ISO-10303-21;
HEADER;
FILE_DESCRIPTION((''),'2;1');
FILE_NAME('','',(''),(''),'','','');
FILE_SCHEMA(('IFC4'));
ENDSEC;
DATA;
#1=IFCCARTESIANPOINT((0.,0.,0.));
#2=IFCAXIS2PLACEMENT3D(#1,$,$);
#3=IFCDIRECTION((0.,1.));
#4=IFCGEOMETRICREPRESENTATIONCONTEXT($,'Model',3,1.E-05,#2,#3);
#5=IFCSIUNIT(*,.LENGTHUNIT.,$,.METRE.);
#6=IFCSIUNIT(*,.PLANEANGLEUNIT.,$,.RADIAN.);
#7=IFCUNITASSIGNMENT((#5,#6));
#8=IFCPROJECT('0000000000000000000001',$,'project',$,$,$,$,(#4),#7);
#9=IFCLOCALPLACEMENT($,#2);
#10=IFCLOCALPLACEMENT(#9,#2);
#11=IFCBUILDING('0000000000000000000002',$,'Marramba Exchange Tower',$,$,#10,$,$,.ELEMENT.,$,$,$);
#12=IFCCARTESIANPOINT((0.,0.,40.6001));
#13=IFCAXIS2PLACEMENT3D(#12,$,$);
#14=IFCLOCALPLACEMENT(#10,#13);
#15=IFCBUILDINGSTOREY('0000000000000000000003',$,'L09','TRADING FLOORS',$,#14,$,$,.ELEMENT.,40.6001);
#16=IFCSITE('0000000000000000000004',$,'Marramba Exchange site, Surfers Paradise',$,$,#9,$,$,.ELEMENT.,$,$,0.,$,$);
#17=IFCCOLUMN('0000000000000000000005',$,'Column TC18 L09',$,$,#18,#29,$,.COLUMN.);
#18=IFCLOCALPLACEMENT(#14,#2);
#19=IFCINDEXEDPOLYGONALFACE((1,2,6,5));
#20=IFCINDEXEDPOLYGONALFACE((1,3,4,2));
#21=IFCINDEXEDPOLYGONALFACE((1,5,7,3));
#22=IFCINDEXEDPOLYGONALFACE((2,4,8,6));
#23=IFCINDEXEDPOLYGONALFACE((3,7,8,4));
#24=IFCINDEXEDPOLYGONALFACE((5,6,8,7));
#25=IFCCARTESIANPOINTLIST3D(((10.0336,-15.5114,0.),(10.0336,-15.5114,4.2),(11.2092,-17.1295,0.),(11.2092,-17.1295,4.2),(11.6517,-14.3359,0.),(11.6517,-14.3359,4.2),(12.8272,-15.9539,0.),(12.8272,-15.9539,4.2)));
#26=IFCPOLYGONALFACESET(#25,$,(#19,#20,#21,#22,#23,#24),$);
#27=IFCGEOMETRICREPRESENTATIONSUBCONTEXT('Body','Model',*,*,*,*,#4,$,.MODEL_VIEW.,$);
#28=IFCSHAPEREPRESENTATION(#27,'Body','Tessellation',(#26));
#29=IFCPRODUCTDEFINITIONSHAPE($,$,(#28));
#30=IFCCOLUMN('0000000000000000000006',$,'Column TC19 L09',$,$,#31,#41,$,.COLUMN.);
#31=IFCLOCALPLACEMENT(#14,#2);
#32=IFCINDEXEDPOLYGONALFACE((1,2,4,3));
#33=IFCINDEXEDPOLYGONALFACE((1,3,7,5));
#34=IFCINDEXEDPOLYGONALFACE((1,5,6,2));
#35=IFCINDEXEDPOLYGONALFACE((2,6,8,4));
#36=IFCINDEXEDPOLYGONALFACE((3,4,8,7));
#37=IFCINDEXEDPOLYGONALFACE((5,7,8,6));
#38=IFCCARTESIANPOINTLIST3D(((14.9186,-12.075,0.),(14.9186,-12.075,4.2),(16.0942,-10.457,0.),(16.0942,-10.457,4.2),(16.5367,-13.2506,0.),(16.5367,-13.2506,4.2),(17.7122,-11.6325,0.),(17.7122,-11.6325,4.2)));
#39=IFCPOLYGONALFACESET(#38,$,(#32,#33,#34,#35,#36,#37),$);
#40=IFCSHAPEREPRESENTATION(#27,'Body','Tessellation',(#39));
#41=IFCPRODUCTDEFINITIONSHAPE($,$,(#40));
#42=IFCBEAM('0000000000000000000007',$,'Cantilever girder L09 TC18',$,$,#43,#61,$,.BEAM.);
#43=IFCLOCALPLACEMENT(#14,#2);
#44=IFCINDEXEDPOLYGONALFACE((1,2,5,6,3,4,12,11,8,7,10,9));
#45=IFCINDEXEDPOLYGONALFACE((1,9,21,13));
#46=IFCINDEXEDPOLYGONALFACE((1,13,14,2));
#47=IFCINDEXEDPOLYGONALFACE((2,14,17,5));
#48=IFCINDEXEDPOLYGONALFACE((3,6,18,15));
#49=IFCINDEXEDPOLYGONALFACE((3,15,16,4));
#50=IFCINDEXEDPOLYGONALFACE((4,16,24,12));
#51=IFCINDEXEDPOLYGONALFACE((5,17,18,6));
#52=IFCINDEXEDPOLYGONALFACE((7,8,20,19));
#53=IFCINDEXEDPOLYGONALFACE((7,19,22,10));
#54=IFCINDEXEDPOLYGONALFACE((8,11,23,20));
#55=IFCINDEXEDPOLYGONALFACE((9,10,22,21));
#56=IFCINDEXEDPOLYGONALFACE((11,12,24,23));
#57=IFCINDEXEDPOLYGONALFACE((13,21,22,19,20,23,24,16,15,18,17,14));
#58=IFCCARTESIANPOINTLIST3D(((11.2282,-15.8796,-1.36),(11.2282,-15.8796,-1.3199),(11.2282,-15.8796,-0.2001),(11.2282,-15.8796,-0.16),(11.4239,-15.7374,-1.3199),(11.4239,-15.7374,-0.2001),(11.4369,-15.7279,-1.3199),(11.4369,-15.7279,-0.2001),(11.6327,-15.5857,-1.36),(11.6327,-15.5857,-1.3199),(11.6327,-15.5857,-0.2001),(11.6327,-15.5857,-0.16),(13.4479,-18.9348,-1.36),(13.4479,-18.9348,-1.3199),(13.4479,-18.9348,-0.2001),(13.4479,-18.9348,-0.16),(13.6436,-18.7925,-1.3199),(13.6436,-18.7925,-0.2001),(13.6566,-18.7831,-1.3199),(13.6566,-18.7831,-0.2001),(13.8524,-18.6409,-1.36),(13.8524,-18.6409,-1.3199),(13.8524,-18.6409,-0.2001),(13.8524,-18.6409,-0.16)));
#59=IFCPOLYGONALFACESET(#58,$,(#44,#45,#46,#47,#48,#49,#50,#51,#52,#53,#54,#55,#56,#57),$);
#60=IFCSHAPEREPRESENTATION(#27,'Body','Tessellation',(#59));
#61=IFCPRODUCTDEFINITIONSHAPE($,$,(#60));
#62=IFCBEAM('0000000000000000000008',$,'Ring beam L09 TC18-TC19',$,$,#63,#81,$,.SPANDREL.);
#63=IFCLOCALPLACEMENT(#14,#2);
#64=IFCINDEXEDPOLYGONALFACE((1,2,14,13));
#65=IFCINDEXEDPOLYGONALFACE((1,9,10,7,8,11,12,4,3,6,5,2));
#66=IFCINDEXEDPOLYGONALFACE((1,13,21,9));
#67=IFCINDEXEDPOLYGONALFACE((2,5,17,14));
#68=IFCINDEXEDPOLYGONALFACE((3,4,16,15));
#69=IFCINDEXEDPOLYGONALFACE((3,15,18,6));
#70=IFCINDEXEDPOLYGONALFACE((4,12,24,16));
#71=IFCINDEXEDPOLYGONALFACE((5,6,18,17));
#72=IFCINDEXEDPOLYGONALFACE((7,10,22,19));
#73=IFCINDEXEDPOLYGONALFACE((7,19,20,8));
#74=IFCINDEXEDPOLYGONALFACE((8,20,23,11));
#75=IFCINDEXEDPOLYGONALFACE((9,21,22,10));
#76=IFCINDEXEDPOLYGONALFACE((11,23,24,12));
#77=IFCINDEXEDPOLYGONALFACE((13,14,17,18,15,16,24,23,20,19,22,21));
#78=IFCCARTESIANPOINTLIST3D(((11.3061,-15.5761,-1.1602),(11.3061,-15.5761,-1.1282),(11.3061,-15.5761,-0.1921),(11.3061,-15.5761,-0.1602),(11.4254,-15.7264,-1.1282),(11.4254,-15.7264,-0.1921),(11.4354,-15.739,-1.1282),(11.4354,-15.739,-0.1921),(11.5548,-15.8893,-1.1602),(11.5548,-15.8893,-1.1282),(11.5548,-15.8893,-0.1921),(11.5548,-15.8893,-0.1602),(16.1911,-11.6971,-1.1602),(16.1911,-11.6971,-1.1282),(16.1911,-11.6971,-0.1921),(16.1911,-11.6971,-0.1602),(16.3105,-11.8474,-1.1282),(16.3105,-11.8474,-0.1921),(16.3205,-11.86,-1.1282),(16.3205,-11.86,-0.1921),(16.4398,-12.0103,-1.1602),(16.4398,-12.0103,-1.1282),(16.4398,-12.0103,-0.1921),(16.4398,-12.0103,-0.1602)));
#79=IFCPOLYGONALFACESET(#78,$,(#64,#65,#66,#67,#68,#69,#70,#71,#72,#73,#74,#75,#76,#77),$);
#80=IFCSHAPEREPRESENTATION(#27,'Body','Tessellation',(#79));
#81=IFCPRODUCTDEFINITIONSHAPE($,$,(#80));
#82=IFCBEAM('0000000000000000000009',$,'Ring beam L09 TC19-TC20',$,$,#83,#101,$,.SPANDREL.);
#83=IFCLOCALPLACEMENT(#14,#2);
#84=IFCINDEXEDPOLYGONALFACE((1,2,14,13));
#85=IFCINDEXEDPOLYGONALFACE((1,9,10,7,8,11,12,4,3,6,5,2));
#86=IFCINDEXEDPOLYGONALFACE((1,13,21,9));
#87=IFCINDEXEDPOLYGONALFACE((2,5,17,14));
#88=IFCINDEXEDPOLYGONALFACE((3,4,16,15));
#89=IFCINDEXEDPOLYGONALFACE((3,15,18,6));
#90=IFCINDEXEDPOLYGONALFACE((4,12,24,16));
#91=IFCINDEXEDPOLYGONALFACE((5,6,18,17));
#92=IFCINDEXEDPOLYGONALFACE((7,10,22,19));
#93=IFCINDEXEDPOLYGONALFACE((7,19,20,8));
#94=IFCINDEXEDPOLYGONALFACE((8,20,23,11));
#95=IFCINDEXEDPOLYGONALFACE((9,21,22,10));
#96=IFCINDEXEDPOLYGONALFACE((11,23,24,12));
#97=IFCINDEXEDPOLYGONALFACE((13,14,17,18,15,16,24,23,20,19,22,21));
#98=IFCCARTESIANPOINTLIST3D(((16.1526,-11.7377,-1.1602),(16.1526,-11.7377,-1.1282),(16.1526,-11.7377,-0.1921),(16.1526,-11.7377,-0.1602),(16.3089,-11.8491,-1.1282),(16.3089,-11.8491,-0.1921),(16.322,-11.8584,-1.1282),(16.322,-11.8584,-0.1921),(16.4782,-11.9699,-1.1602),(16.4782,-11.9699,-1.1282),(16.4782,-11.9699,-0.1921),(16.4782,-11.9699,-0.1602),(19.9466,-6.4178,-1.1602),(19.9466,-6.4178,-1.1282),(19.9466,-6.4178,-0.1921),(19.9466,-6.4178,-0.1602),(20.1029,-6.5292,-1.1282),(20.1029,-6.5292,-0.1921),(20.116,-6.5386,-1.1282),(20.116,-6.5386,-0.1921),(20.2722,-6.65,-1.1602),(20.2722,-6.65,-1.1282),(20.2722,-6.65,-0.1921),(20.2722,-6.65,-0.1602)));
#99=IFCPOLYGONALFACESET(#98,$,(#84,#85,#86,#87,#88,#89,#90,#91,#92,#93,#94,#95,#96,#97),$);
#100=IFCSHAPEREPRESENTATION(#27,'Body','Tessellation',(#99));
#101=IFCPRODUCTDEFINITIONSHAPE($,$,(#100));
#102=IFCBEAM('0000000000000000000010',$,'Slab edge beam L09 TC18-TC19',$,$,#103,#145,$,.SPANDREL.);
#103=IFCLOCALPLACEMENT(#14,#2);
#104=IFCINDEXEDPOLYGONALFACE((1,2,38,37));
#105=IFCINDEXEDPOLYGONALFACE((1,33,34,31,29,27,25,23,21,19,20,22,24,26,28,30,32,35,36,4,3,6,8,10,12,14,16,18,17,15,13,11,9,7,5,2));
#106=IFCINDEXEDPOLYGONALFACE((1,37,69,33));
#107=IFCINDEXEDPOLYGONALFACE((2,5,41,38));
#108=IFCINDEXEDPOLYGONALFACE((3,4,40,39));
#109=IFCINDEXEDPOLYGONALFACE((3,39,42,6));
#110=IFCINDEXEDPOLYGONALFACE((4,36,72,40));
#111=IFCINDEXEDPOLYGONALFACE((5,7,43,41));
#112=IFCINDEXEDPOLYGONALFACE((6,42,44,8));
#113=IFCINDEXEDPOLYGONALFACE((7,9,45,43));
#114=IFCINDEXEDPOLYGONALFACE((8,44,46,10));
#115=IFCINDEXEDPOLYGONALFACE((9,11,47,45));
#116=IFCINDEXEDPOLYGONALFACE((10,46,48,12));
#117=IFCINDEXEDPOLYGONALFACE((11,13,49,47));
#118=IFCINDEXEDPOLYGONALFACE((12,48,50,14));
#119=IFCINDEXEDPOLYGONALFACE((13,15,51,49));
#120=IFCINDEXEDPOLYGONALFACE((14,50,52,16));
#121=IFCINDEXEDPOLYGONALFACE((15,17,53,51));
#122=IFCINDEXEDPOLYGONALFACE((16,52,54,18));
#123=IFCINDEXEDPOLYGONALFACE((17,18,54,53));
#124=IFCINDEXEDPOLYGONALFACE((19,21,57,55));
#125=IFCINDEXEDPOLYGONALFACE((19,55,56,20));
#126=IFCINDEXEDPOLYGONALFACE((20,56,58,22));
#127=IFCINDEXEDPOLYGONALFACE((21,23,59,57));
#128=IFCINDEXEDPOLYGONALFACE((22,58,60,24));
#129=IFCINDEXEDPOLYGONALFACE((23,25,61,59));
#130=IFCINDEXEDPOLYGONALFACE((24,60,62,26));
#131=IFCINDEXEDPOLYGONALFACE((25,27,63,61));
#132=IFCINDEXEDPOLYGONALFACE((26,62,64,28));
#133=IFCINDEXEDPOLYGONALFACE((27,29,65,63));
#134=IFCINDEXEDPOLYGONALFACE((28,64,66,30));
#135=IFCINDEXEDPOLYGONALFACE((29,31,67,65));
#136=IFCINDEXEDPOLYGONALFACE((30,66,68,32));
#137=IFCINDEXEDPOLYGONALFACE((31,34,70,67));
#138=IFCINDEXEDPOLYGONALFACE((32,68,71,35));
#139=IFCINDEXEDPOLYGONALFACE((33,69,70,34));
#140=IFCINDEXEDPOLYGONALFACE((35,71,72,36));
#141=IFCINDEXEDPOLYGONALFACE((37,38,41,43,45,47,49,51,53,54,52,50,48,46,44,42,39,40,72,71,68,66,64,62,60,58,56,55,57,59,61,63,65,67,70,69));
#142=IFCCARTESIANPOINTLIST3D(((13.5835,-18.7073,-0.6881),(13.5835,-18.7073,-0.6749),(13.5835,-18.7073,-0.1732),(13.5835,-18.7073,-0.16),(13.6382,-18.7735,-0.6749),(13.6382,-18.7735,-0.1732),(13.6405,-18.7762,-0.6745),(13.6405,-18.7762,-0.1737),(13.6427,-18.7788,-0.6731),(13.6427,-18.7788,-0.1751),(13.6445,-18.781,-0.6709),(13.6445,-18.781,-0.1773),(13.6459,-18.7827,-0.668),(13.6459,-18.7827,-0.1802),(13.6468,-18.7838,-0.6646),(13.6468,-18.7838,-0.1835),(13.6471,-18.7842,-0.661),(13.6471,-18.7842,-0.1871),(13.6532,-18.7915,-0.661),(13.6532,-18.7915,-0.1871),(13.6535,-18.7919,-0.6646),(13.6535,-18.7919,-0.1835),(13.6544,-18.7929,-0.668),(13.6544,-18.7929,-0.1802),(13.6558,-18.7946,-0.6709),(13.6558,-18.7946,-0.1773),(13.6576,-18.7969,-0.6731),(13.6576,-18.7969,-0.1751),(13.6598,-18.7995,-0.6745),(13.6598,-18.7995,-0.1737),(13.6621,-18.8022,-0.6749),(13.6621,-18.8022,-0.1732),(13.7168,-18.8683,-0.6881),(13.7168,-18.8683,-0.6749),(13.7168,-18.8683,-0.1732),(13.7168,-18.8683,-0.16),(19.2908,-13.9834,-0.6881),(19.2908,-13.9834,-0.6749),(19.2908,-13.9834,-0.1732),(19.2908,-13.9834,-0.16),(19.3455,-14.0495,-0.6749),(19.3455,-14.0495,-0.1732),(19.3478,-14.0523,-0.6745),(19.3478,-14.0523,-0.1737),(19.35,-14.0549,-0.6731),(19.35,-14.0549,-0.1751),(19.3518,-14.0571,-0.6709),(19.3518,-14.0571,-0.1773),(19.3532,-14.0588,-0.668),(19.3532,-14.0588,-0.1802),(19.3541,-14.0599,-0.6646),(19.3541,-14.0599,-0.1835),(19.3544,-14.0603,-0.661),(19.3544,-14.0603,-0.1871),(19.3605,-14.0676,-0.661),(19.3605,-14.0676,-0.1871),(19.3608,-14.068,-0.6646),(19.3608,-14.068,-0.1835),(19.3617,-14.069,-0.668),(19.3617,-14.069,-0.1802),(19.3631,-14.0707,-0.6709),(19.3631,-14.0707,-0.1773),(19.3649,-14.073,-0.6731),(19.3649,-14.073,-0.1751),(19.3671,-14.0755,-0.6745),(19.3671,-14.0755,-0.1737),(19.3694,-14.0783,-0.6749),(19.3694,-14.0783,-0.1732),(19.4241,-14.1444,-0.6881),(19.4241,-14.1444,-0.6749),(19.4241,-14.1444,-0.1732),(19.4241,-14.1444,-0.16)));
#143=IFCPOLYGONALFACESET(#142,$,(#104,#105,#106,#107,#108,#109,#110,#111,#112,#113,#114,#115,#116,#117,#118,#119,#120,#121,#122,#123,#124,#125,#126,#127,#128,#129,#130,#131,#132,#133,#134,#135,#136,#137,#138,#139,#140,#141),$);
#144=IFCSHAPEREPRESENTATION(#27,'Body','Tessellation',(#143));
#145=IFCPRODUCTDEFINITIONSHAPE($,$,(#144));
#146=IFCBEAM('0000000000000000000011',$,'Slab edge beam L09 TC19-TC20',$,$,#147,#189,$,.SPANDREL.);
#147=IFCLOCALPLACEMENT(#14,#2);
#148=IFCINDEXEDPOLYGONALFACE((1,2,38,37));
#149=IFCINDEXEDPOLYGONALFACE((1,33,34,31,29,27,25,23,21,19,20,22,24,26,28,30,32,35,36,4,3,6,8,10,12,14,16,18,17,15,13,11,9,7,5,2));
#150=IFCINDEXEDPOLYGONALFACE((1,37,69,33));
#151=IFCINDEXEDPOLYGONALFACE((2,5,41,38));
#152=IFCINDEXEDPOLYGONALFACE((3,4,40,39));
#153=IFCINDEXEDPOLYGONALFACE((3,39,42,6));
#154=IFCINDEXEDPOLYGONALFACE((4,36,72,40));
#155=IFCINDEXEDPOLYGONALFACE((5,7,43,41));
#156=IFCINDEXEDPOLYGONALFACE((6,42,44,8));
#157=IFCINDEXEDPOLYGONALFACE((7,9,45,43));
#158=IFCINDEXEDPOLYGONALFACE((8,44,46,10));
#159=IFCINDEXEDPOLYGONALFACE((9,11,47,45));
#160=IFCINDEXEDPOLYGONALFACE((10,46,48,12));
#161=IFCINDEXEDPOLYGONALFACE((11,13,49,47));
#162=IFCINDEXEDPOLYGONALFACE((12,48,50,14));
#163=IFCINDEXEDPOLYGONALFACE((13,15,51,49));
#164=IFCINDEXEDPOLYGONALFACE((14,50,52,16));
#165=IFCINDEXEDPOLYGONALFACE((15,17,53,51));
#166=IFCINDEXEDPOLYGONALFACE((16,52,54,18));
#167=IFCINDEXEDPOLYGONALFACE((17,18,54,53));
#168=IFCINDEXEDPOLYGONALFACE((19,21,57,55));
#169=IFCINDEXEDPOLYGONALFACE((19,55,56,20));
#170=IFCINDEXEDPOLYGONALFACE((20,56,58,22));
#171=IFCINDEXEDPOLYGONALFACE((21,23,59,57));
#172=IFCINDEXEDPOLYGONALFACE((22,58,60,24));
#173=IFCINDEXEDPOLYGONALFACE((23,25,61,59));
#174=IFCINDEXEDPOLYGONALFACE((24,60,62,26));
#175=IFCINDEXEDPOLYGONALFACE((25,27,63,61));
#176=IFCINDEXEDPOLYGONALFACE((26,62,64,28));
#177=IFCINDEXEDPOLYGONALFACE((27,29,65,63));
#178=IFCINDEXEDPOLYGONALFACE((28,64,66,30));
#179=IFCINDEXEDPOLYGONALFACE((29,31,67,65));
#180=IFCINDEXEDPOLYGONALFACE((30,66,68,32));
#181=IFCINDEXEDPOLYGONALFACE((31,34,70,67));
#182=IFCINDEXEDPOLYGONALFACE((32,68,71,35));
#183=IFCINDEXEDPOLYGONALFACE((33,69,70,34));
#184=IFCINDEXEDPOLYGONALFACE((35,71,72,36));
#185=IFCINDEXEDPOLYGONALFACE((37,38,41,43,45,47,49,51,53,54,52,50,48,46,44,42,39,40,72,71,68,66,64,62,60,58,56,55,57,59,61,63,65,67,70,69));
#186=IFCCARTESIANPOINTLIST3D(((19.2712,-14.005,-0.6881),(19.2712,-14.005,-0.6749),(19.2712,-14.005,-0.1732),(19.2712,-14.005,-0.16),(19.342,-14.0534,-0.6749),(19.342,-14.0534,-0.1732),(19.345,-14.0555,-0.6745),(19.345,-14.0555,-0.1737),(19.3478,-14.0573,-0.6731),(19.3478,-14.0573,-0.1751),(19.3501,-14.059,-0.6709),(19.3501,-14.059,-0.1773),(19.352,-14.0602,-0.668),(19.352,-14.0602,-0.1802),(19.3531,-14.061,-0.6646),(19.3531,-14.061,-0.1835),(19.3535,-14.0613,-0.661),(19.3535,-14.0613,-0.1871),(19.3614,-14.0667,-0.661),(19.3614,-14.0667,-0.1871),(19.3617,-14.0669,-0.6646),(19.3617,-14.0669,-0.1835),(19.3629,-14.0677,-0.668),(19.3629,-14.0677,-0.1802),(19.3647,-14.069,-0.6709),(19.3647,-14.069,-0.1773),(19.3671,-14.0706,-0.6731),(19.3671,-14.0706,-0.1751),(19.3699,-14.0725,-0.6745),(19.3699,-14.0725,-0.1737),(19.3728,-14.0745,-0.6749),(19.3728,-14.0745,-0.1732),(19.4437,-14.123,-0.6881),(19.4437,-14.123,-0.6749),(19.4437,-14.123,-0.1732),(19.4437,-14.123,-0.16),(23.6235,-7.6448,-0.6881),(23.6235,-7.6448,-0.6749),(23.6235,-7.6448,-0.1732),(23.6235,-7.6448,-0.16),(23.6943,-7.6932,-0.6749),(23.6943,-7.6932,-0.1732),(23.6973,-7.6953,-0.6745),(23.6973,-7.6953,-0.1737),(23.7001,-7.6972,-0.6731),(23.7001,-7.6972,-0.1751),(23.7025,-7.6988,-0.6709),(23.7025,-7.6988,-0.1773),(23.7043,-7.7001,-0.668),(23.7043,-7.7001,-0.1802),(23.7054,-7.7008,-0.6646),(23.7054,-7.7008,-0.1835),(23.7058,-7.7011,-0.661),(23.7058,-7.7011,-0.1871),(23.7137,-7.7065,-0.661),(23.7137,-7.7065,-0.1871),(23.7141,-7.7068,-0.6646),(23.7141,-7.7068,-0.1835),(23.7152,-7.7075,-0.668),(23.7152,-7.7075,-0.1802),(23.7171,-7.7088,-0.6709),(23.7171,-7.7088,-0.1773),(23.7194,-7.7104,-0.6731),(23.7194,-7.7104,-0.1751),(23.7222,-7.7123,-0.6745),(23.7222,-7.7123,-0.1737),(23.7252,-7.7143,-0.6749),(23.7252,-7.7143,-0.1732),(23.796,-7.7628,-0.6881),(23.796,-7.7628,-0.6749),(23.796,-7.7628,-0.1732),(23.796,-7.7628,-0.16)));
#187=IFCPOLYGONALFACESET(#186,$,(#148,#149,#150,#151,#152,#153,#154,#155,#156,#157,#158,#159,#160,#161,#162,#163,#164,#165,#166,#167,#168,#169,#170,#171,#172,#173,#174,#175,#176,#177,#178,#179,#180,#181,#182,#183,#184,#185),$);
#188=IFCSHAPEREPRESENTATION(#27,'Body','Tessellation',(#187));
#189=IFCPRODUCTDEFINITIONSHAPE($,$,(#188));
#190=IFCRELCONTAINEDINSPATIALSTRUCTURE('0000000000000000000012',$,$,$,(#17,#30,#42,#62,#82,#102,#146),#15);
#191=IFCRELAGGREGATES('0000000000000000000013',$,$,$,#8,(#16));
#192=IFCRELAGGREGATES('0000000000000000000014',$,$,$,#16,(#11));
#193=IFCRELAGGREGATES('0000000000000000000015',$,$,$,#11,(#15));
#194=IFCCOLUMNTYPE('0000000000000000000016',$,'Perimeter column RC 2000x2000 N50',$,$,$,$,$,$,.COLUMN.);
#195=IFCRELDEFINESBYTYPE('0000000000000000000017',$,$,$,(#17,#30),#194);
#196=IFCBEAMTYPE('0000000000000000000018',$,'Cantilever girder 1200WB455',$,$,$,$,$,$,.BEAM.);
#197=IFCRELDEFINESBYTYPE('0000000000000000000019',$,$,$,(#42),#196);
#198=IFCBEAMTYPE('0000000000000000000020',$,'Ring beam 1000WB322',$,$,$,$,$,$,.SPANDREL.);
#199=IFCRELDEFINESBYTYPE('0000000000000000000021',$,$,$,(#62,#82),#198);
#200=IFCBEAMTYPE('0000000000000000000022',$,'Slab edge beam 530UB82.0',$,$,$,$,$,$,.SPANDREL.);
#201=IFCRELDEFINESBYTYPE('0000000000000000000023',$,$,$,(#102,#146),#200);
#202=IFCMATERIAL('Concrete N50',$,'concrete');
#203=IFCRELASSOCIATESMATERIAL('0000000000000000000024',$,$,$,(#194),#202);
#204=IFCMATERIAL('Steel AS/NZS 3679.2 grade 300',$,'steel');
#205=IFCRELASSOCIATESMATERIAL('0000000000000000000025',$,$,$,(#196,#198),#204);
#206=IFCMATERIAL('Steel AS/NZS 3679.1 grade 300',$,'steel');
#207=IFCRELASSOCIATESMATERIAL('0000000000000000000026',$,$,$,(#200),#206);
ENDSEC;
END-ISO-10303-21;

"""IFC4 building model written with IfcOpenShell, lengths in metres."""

from ifc_helpers import new_model, si_unit, direction, frame, origin, origin_2d, place, context, subcontext, project, spatial, rectangle, i_section, extrude, material, material_profile, profile_set, type_object, element, save


model = new_model("IFC4")

# Units and contexts
model_context = context("Model", 3, precision=1e-05, world=origin(), true_north=direction((0.0, 1.0)))
body_context = subcontext(model_context, "Body", "Model", "MODEL_VIEW")
ifc_project = project(units=[si_unit("LENGTHUNIT", "METRE"), si_unit("PLANEANGLEUNIT", "RADIAN")], contexts=[model_context])

# Site, building, storey
site_placement = place(None, origin())
site = spatial("IfcSite", under=ifc_project, at=site_placement, Name="Marramba Exchange site, Surfers Paradise", CompositionType="ELEMENT", RefElevation=0.0)
building_placement = place(site_placement, origin())
building = spatial("IfcBuilding", under=site, at=building_placement, Name="Marramba Exchange Tower", CompositionType="ELEMENT")
storey_placement = place(building_placement, frame((0.0, 0.0, 40.6001)))
storey = spatial("IfcBuildingStorey", under=building, at=storey_placement, Name="L09", Description="TRADING FLOORS", CompositionType="ELEMENT", Elevation=40.6001)

# Columns
ifc_material_1 = material(Name="Concrete N50", Category="concrete")
ifc_material_profile_1 = material_profile(ifc_material_1, rectangle(XDim=2.0, YDim=2.0, at=origin_2d()), Name="RC 2000x2000")
ifc_profile_set_1 = profile_set([ifc_material_profile_1], Name="Concrete N50")
column_type = type_object("IfcColumnType", Name="Perimeter column RC 2000x2000 N50", PredefinedType="COLUMN", material=ifc_profile_set_1)
for number, where, z_axis, x_axis, name in (
    (1, (11.4304, -15.7327, 0.0), (0.0, 0.0, 1.0), (0.587785, -0.809017, 0.0), "Column TC18 L09"),
    (2, (16.3154, -11.8538, 0.0), (0.0, 0.0, 1.0), (0.809017, -0.587785, 0.0), "Column TC19 L09"),
):
    element("IfcColumn", number, at=place(storey_placement, frame(where, z_axis=z_axis, x_axis=x_axis)), inside=storey, type_object=column_type, Name=name, PredefinedType="COLUMN", context=body_context, shape_type="SweptSolid", body=[
        extrude(rectangle(XDim=2.0, YDim=2.0, at=origin_2d()), origin(), (0.0, 0.0, 1.0), 4.2),
    ])

# Beams
ifc_material_2 = material(Name="Steel AS/NZS 3679.2 grade 300", Category="steel")
ifc_material_profile_2 = material_profile(ifc_material_2, i_section(OverallWidth=0.5, OverallDepth=1.2, WebThickness=0.0161, FlangeThickness=0.04, at=origin_2d()), Name="1200WB455")
ifc_profile_set_2 = profile_set([ifc_material_profile_2], Name="Steel AS/NZS 3679.2 grade 300")
beam_type_1 = type_object("IfcBeamType", Name="Cantilever girder 1200WB455", PredefinedType="BEAM", material=ifc_profile_set_2)
beam_1_placement = place(storey_placement, frame((11.4304, -15.7327, -0.76), z_axis=(0.587787, -0.809016, 0.0), x_axis=(0.809016, 0.587787, 0.0)))
element("IfcBeam", 3, at=beam_1_placement, inside=storey, type_object=beam_type_1, Name="Cantilever girder L09 TC18", PredefinedType="BEAM", context=body_context, shape_type="SweptSolid", body=[
    extrude(i_section(OverallWidth=0.5, OverallDepth=1.2, WebThickness=0.0161, FlangeThickness=0.04, at=origin_2d()), origin(), (0.0, 0.0, 1.0), 3.7764),
])
ifc_material_profile_3 = material_profile(ifc_material_2, i_section(OverallWidth=0.3999, OverallDepth=1.0, WebThickness=0.0161, FlangeThickness=0.032, at=origin_2d()), Name="1000WB322")
ifc_profile_set_3 = profile_set([ifc_material_profile_3], Name="Steel AS/NZS 3679.2 grade 300")
beam_type_2 = type_object("IfcBeamType", Name="Ring beam 1000WB322", PredefinedType="SPANDREL", material=ifc_profile_set_3)
beam_2_placement = place(storey_placement, frame((11.4304, -15.7327, -0.6602), z_axis=(0.783139, 0.621846, 0.0), x_axis=(-0.621846, 0.783139, 0.0)))
element("IfcBeam", 4, at=beam_2_placement, inside=storey, type_object=beam_type_2, Name="Ring beam L09 TC18-TC19", PredefinedType="SPANDREL", context=body_context, shape_type="SweptSolid", body=[
    extrude(i_section(OverallWidth=0.3999, OverallDepth=1.0, WebThickness=0.0161, FlangeThickness=0.032, at=origin_2d()), origin(), (0.0, 0.0, 1.0), 6.2378),
])
beam_3_placement = place(storey_placement, frame((16.3154, -11.8538, -0.6602), z_axis=(0.580637, 0.814162, 0.0), x_axis=(-0.814162, 0.580637, 0.0)))
element("IfcBeam", 5, at=beam_3_placement, inside=storey, type_object=beam_type_2, Name="Ring beam L09 TC19-TC20", PredefinedType="SPANDREL", context=body_context, shape_type="SweptSolid", body=[
    extrude(i_section(OverallWidth=0.3999, OverallDepth=1.0, WebThickness=0.0161, FlangeThickness=0.032, at=origin_2d()), origin(), (0.0, 0.0, 1.0), 6.5342),
])
ifc_material_3 = material(Name="Steel AS/NZS 3679.1 grade 300", Category="steel")
ifc_material_profile_4 = material_profile(ifc_material_3, i_section(OverallWidth=0.209, OverallDepth=0.5281, WebThickness=0.0095, FlangeThickness=0.0132, FilletRadius=0.0139, at=origin_2d()), Name="530UB82.0")
ifc_profile_set_4 = profile_set([ifc_material_profile_4], Name="Steel AS/NZS 3679.1 grade 300")
beam_type_3 = type_object("IfcBeamType", Name="Slab edge beam 530UB82.0", PredefinedType="SPANDREL", material=ifc_profile_set_4)
beam_4_placement = place(storey_placement, frame((13.6501, -18.7878, -0.4241), z_axis=(0.770354, 0.637617, 0.0), x_axis=(-0.637617, 0.770354, 0.0)))
element("IfcBeam", 6, at=beam_4_placement, inside=storey, type_object=beam_type_3, Name="Slab edge beam L09 TC18-TC19", PredefinedType="SPANDREL", context=body_context, shape_type="SweptSolid", body=[
    extrude(i_section(OverallWidth=0.209, OverallDepth=0.5281, WebThickness=0.0095, FlangeThickness=0.0132, FilletRadius=0.0139, at=origin_2d()), origin(), (0.0, 0.0, 1.0), 7.4087),
])
beam_5_placement = place(storey_placement, frame((19.3574, -14.064, -0.4241), z_axis=(0.564741, 0.825268, 0.0), x_axis=(-0.825268, 0.564741, 0.0)))
element("IfcBeam", 7, at=beam_5_placement, inside=storey, type_object=beam_type_3, Name="Slab edge beam L09 TC19-TC20", PredefinedType="SPANDREL", context=body_context, shape_type="SweptSolid", body=[
    extrude(i_section(OverallWidth=0.209, OverallDepth=0.5281, WebThickness=0.0095, FlangeThickness=0.0132, FilletRadius=0.0139, at=origin_2d()), origin(), (0.0, 0.0, 1.0), 7.7068),
])

save(model, "model.ifc")
